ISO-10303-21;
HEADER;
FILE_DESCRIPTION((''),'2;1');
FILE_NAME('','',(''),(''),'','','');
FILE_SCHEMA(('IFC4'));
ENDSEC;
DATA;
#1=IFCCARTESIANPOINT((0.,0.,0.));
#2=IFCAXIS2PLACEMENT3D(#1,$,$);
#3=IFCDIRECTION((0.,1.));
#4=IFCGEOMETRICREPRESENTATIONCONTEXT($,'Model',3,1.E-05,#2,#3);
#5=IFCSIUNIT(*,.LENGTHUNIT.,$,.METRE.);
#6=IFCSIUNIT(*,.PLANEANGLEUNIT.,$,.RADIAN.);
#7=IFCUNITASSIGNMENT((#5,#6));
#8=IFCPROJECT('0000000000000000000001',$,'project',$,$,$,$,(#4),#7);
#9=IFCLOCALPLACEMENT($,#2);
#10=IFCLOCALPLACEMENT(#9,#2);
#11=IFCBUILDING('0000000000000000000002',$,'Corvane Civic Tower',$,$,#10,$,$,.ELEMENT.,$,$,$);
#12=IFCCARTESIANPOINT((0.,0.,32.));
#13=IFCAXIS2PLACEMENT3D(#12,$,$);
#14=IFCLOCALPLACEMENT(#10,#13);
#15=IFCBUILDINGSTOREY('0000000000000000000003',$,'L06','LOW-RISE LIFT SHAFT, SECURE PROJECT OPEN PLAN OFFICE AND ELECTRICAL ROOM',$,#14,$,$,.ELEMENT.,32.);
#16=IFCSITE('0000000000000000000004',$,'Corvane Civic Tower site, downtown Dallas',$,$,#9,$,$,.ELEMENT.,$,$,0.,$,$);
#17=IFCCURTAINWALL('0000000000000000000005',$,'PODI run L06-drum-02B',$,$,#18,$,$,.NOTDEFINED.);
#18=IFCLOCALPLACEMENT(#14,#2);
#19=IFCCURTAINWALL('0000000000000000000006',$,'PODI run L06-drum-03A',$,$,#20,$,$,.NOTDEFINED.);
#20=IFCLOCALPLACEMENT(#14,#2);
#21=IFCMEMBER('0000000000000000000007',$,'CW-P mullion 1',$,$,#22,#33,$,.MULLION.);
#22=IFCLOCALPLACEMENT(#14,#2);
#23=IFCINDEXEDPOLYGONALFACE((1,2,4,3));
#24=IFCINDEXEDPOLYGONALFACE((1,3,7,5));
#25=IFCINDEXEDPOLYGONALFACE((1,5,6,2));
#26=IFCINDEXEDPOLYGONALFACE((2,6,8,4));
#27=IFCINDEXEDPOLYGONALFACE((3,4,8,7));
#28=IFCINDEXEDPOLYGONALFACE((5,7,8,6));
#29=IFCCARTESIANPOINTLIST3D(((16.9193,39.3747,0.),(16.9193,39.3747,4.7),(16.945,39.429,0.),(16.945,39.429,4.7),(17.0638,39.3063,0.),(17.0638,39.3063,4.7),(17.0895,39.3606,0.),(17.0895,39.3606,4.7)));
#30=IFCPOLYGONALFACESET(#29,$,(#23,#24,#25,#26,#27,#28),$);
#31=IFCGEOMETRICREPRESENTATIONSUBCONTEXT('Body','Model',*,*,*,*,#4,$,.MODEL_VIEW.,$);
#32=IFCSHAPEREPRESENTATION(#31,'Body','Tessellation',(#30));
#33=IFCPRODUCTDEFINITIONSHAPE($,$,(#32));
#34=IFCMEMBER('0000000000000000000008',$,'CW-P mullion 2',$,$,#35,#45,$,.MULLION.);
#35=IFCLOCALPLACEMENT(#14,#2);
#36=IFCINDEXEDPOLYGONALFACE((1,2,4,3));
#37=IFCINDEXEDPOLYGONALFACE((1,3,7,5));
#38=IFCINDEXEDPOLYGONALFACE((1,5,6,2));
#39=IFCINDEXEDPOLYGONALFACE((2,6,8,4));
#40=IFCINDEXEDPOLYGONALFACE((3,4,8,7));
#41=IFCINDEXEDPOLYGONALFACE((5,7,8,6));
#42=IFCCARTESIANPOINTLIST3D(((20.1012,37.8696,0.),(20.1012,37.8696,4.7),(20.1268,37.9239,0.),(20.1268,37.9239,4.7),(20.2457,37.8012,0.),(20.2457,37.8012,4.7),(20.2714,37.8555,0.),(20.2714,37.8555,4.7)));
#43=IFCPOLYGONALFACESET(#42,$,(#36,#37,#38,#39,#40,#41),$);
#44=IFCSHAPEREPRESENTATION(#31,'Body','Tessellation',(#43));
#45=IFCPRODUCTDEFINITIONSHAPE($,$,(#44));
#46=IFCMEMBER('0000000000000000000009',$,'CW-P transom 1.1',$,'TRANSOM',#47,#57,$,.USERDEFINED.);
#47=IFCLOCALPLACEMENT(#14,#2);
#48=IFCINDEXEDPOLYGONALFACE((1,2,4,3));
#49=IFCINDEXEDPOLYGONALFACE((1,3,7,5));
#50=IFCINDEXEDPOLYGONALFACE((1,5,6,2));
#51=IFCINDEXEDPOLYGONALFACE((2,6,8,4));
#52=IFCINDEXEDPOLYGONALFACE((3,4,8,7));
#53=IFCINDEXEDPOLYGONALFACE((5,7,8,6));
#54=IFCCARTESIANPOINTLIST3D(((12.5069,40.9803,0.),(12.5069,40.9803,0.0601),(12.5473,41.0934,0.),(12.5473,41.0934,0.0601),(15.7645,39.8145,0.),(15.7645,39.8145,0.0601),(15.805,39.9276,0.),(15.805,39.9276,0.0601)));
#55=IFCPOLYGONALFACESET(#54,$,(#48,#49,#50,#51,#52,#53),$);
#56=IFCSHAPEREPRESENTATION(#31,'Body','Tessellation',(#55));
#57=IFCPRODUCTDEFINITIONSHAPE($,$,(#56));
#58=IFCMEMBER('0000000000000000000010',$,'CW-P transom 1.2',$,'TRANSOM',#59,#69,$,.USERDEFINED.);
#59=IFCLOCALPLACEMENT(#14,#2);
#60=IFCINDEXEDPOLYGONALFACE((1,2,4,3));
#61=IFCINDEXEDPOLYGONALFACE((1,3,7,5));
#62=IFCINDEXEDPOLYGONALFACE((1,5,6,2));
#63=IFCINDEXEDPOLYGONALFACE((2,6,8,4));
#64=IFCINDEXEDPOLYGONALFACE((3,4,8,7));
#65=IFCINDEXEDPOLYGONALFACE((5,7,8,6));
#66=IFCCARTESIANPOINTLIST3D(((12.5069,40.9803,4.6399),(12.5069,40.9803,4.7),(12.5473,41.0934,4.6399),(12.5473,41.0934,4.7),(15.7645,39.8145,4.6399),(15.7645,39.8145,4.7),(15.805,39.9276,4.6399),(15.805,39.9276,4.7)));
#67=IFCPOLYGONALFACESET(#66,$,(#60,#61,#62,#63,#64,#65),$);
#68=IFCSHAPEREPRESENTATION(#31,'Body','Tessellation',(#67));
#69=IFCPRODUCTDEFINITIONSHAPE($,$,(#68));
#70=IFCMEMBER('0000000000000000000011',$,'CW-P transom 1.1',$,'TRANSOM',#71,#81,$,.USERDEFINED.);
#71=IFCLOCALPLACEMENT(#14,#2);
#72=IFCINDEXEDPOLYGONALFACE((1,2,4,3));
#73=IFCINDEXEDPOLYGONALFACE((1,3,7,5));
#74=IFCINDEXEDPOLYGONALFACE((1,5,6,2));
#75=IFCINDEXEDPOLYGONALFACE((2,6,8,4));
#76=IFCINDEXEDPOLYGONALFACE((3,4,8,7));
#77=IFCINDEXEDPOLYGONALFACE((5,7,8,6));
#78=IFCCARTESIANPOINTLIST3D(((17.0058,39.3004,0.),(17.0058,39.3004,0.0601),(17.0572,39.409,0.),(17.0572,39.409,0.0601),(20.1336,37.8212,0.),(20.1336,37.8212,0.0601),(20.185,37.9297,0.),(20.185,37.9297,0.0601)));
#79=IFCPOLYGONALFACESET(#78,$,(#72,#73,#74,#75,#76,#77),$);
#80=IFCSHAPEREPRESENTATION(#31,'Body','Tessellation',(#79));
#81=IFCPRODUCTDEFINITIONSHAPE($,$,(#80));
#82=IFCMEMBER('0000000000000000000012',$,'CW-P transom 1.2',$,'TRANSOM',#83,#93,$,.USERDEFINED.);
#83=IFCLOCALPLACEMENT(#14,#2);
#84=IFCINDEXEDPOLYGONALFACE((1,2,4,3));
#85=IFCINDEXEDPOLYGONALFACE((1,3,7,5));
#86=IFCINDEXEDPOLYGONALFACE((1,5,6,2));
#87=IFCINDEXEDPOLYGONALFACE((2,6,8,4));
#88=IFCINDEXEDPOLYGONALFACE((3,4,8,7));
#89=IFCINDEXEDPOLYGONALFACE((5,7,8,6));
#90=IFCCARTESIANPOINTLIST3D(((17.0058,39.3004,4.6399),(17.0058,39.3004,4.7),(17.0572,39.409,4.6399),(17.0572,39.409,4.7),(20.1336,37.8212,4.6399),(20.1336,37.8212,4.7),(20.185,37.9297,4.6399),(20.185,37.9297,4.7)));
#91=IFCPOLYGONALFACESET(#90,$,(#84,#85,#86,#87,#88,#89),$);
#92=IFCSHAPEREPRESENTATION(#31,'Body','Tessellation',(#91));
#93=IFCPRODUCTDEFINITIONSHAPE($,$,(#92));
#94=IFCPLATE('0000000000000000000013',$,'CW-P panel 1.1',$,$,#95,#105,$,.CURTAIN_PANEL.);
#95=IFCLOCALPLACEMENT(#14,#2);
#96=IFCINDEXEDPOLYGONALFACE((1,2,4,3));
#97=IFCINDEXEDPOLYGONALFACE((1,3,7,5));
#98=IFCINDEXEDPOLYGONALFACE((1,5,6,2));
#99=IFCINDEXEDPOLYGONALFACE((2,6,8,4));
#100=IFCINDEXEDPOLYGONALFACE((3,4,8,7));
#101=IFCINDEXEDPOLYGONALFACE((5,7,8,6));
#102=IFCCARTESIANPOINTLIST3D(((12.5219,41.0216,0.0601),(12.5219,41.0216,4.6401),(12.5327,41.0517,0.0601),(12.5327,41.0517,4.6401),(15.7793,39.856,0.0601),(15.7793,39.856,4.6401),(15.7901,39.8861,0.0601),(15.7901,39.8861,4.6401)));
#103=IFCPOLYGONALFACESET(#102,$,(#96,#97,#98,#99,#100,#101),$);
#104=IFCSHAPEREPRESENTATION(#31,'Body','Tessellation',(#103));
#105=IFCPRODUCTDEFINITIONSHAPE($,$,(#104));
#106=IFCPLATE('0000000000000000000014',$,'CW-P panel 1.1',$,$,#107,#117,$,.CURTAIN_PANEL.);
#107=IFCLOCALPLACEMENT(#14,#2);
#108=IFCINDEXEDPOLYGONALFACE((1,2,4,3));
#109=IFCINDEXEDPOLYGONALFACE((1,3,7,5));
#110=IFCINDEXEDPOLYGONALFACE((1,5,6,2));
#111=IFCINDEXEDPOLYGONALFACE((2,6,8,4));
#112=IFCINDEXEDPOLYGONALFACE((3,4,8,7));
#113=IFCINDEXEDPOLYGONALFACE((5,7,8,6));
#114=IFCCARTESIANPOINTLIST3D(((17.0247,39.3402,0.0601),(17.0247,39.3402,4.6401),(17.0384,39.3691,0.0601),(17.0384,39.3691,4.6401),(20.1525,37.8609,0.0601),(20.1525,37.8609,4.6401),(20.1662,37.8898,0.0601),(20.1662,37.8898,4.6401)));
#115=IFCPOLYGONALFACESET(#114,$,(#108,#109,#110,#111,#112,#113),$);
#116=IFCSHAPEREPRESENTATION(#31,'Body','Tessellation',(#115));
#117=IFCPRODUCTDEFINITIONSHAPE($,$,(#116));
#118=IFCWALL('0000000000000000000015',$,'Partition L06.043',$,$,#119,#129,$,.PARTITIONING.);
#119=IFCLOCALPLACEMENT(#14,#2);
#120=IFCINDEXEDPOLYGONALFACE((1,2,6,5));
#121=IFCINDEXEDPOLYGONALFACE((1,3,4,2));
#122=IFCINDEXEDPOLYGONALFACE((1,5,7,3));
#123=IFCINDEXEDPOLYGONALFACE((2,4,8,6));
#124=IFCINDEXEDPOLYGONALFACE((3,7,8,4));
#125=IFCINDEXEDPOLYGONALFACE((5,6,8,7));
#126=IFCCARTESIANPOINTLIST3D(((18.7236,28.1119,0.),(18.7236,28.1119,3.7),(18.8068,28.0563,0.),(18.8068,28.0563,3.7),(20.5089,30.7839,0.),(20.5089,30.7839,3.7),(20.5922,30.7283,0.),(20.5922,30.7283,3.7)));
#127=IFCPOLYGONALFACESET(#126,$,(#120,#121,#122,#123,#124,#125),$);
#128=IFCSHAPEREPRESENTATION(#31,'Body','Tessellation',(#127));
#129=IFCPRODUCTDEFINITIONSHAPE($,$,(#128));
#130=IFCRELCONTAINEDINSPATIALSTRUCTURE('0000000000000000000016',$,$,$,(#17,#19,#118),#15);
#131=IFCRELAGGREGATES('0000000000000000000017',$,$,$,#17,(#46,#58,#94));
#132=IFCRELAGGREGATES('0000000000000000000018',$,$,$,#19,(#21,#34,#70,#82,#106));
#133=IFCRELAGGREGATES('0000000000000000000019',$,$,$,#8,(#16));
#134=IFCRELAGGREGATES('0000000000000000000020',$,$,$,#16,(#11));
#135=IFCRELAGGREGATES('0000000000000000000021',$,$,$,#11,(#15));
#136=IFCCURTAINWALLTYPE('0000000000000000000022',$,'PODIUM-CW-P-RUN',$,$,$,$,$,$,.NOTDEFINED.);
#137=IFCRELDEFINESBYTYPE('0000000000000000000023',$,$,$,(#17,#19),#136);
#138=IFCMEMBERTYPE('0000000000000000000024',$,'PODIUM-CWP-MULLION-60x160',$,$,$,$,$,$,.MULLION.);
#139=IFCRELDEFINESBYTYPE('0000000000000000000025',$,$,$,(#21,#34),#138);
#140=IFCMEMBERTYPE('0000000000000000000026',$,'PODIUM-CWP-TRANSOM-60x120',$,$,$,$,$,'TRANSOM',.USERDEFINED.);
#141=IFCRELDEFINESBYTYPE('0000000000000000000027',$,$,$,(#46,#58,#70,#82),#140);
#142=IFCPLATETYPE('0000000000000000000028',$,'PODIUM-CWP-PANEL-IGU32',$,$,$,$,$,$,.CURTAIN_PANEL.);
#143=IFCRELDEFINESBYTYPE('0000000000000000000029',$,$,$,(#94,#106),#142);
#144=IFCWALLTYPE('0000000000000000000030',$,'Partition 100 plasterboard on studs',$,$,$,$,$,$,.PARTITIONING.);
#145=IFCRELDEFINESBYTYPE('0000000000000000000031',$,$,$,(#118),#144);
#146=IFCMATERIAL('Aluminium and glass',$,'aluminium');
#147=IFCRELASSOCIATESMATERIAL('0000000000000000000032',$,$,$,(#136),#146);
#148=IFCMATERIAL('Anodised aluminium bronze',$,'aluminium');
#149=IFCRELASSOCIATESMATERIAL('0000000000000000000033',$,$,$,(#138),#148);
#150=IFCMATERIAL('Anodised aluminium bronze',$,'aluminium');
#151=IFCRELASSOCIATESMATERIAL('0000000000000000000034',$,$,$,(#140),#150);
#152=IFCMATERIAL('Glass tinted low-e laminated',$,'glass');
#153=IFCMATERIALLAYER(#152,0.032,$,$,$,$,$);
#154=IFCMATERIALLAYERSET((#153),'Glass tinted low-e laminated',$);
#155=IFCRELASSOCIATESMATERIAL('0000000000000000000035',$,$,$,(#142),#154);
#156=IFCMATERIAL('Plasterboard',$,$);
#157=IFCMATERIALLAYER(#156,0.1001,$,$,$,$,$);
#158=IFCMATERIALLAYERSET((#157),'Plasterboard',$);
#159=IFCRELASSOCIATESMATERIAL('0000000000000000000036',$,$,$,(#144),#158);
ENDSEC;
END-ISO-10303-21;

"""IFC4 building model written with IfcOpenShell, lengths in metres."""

from ifc_helpers import new_model, si_unit, direction, frame, frame_2d, origin, origin_2d, place, context, subcontext, project, spatial, rectangle, extrude, material, layer, layer_set, material_profile, profile_set, type_object, element, aggregate, save


model = new_model("IFC4")

# Units and contexts
model_context = context("Model", 3, precision=1e-05, world=origin(), true_north=direction((0.0, 1.0)))
body_context = subcontext(model_context, "Body", "Model", "MODEL_VIEW")
ifc_project = project(units=[si_unit("LENGTHUNIT", "METRE"), si_unit("PLANEANGLEUNIT", "RADIAN")], contexts=[model_context])

# Site, building, storey
site_placement = place(None, origin())
site = spatial("IfcSite", under=ifc_project, at=site_placement, Name="Corvane Civic Tower site, downtown Dallas", CompositionType="ELEMENT", RefElevation=0.0)
building_placement = place(site_placement, origin())
building = spatial("IfcBuilding", under=site, at=building_placement, Name="Corvane Civic Tower", CompositionType="ELEMENT")
storey_placement = place(building_placement, frame((0.0, 0.0, 32.0)))
storey = spatial("IfcBuildingStorey", under=building, at=storey_placement, Name="L06", Description="LOW-RISE LIFT SHAFT, SECURE PROJECT OPEN PLAN OFFICE AND ELECTRICAL ROOM", CompositionType="ELEMENT", Elevation=32.0)

# Curtain walls, members
ifc_material_1 = material(Name="Aluminium and glass", Category="aluminium")
curtain_wall_type = type_object("IfcCurtainWallType", Name="PODIUM-CW-P-RUN", PredefinedType="NOTDEFINED", material=ifc_material_1)
curtain_wall_1_placement = place(storey_placement, origin())
curtain_wall_1 = element("IfcCurtainWall", 1, at=curtain_wall_1_placement, inside=storey, type_object=curtain_wall_type, Name="PODI run L06-drum-02B", PredefinedType="NOTDEFINED")
ifc_material_2 = material(Name="Anodised aluminium bronze", Category="aluminium")
ifc_material_profile_1 = material_profile(ifc_material_2, rectangle(XDim=0.0601, YDim=0.1599, at=origin_2d()), Name="AL 60x160")
ifc_profile_set_1 = profile_set([ifc_material_profile_1], Name="Anodised aluminium bronze")
member_type_1 = type_object("IfcMemberType", Name="PODIUM-CWP-MULLION-60x160", PredefinedType="MULLION", material=ifc_profile_set_1)
curtain_wall_2_placement = place(storey_placement, origin())
curtain_wall_2 = element("IfcCurtainWall", 2, at=curtain_wall_2_placement, inside=storey, type_object=curtain_wall_type, Name="PODI run L06-drum-03A", PredefinedType="NOTDEFINED")
member_1_placement = place(storey_placement, frame((17.0044, 39.3677, 0.0), z_axis=(0.0, 0.0, 1.0), x_axis=(0.427553, 0.90399, 0.0)))
member_1 = element("IfcMember", 3, at=member_1_placement, type_object=member_type_1, Name="CW-P mullion 1", PredefinedType="MULLION", context=body_context, shape_type="SweptSolid", body=[
    extrude(rectangle(XDim=0.0601, YDim=0.1599, at=origin_2d()), origin(), (0.0, 0.0, 1.0), 4.7),
])
member_2_placement = place(storey_placement, frame((20.1863, 37.8625, 0.0), z_axis=(0.0, 0.0, 1.0), x_axis=(0.427553, 0.90399, 0.0)))
member_2 = element("IfcMember", 4, at=member_2_placement, type_object=member_type_1, Name="CW-P mullion 2", PredefinedType="MULLION", context=body_context, shape_type="SweptSolid", body=[
    extrude(rectangle(XDim=0.0601, YDim=0.1599, at=origin_2d()), origin(), (0.0, 0.0, 1.0), 4.7),
])

# Members
ifc_material_3 = material(Name="Anodised aluminium bronze", Category="aluminium")
ifc_material_profile_2 = material_profile(ifc_material_3, rectangle(XDim=0.1201, YDim=0.0601, at=origin_2d()), Name="AL 120x60")
ifc_profile_set_2 = profile_set([ifc_material_profile_2], Name="Anodised aluminium bronze")
member_type_2 = type_object("IfcMemberType", Name="PODIUM-CWP-TRANSOM-60x120", ElementType="TRANSOM", PredefinedType="USERDEFINED", material=ifc_profile_set_2)
member_3_placement = place(storey_placement, frame((12.5271, 41.0369, 0.03), z_axis=(0.941526, -0.33694, 0.0), x_axis=(0.33694, 0.941526, 0.0)))
member_3 = element("IfcMember", 5, at=member_3_placement, type_object=member_type_2, Name="CW-P transom 1.1", ObjectType="TRANSOM", PredefinedType="USERDEFINED", context=body_context, shape_type="SweptSolid", body=[
    extrude(rectangle(XDim=0.1201, YDim=0.0601, at=origin_2d()), origin(), (0.0, 0.0, 1.0), 3.46),
])
member_4_placement = place(storey_placement, frame((12.5271, 41.0369, 4.6699), z_axis=(0.941526, -0.33694, 0.0), x_axis=(0.33694, 0.941526, 0.0)))
member_4 = element("IfcMember", 6, at=member_4_placement, type_object=member_type_2, Name="CW-P transom 1.2", ObjectType="TRANSOM", PredefinedType="USERDEFINED", context=body_context, shape_type="SweptSolid", body=[
    extrude(rectangle(XDim=0.1201, YDim=0.0601, at=origin_2d()), origin(), (0.0, 0.0, 1.0), 3.46),
])
member_5_placement = place(storey_placement, frame((17.0315, 39.3547, 0.03), z_axis=(0.903993, -0.427546, 0.0), x_axis=(0.427546, 0.903993, 0.0)))
member_5 = element("IfcMember", 7, at=member_5_placement, type_object=member_type_2, Name="CW-P transom 1.1", ObjectType="TRANSOM", PredefinedType="USERDEFINED", context=body_context, shape_type="SweptSolid", body=[
    extrude(rectangle(XDim=0.1201, YDim=0.0601, at=origin_2d()), origin(), (0.0, 0.0, 1.0), 3.46),
])
member_6_placement = place(storey_placement, frame((17.0315, 39.3547, 4.6699), z_axis=(0.903993, -0.427546, 0.0), x_axis=(0.427546, 0.903993, 0.0)))
member_6 = element("IfcMember", 8, at=member_6_placement, type_object=member_type_2, Name="CW-P transom 1.2", ObjectType="TRANSOM", PredefinedType="USERDEFINED", context=body_context, shape_type="SweptSolid", body=[
    extrude(rectangle(XDim=0.1201, YDim=0.0601, at=origin_2d()), origin(), (0.0, 0.0, 1.0), 3.46),
])

# Plates
ifc_material_4 = material(Name="Glass tinted low-e laminated", Category="glass")
ifc_layer_1 = layer(ifc_material_4, 0.032)
ifc_layer_set_1 = layer_set([ifc_layer_1], Name="Glass tinted low-e laminated")
plate_type = type_object("IfcPlateType", Name="PODIUM-CWP-PANEL-IGU32", PredefinedType="CURTAIN_PANEL", material=ifc_layer_set_1)
plate_1_placement = place(storey_placement, frame((14.156, 40.4539, 0.0601), z_axis=(0.0, 0.0, 1.0), x_axis=(0.941534, -0.336919, 0.0)))
plate_1 = element("IfcPlate", 9, at=plate_1_placement, type_object=plate_type, Name="CW-P panel 1.1", PredefinedType="CURTAIN_PANEL", context=body_context, shape_type="SweptSolid", body=[
    extrude(rectangle(XDim=3.4597, YDim=0.032, at=origin_2d()), origin(), (0.0, 0.0, 1.0), 4.5801),
])
aggregate(curtain_wall_1, [member_3, member_4, plate_1])
plate_2_placement = place(storey_placement, frame((18.5955, 38.615, 0.0601), z_axis=(0.0, 0.0, 1.0), x_axis=(0.90399, -0.427553, 0.0)))
plate_2 = element("IfcPlate", 10, at=plate_2_placement, type_object=plate_type, Name="CW-P panel 1.1", PredefinedType="CURTAIN_PANEL", context=body_context, shape_type="SweptSolid", body=[
    extrude(rectangle(XDim=3.46, YDim=0.032, at=origin_2d()), origin(), (0.0, 0.0, 1.0), 4.5801),
])
aggregate(curtain_wall_2, [member_1, member_2, member_5, member_6, plate_2])

# Wall
ifc_material_5 = material(Name="Plasterboard")
ifc_layer_2 = layer(ifc_material_5, 0.1001)
ifc_layer_set_2 = layer_set([ifc_layer_2], Name="Plasterboard")
wall_type_1 = type_object("IfcWallType", Name="Partition 100 plasterboard on studs", PredefinedType="PARTITIONING", material=ifc_layer_set_2)
wall_1_placement = place(storey_placement, frame((18.7651, 28.084, 0.0), z_axis=(0.0, 0.0, 1.0), x_axis=(0.555559, 0.831477, 0.0)))
element("IfcWall", 11, at=wall_1_placement, inside=storey, type_object=wall_type_1, Name="Partition L06.043", PredefinedType="PARTITIONING", context=body_context, shape_type="SweptSolid", body=[
    extrude(rectangle(XDim=3.2136, YDim=0.1001, at=frame_2d((1.6069, 0.0))), origin(), (0.0, 0.0, 1.0), 3.7),
])

save(model, "model.ifc")
